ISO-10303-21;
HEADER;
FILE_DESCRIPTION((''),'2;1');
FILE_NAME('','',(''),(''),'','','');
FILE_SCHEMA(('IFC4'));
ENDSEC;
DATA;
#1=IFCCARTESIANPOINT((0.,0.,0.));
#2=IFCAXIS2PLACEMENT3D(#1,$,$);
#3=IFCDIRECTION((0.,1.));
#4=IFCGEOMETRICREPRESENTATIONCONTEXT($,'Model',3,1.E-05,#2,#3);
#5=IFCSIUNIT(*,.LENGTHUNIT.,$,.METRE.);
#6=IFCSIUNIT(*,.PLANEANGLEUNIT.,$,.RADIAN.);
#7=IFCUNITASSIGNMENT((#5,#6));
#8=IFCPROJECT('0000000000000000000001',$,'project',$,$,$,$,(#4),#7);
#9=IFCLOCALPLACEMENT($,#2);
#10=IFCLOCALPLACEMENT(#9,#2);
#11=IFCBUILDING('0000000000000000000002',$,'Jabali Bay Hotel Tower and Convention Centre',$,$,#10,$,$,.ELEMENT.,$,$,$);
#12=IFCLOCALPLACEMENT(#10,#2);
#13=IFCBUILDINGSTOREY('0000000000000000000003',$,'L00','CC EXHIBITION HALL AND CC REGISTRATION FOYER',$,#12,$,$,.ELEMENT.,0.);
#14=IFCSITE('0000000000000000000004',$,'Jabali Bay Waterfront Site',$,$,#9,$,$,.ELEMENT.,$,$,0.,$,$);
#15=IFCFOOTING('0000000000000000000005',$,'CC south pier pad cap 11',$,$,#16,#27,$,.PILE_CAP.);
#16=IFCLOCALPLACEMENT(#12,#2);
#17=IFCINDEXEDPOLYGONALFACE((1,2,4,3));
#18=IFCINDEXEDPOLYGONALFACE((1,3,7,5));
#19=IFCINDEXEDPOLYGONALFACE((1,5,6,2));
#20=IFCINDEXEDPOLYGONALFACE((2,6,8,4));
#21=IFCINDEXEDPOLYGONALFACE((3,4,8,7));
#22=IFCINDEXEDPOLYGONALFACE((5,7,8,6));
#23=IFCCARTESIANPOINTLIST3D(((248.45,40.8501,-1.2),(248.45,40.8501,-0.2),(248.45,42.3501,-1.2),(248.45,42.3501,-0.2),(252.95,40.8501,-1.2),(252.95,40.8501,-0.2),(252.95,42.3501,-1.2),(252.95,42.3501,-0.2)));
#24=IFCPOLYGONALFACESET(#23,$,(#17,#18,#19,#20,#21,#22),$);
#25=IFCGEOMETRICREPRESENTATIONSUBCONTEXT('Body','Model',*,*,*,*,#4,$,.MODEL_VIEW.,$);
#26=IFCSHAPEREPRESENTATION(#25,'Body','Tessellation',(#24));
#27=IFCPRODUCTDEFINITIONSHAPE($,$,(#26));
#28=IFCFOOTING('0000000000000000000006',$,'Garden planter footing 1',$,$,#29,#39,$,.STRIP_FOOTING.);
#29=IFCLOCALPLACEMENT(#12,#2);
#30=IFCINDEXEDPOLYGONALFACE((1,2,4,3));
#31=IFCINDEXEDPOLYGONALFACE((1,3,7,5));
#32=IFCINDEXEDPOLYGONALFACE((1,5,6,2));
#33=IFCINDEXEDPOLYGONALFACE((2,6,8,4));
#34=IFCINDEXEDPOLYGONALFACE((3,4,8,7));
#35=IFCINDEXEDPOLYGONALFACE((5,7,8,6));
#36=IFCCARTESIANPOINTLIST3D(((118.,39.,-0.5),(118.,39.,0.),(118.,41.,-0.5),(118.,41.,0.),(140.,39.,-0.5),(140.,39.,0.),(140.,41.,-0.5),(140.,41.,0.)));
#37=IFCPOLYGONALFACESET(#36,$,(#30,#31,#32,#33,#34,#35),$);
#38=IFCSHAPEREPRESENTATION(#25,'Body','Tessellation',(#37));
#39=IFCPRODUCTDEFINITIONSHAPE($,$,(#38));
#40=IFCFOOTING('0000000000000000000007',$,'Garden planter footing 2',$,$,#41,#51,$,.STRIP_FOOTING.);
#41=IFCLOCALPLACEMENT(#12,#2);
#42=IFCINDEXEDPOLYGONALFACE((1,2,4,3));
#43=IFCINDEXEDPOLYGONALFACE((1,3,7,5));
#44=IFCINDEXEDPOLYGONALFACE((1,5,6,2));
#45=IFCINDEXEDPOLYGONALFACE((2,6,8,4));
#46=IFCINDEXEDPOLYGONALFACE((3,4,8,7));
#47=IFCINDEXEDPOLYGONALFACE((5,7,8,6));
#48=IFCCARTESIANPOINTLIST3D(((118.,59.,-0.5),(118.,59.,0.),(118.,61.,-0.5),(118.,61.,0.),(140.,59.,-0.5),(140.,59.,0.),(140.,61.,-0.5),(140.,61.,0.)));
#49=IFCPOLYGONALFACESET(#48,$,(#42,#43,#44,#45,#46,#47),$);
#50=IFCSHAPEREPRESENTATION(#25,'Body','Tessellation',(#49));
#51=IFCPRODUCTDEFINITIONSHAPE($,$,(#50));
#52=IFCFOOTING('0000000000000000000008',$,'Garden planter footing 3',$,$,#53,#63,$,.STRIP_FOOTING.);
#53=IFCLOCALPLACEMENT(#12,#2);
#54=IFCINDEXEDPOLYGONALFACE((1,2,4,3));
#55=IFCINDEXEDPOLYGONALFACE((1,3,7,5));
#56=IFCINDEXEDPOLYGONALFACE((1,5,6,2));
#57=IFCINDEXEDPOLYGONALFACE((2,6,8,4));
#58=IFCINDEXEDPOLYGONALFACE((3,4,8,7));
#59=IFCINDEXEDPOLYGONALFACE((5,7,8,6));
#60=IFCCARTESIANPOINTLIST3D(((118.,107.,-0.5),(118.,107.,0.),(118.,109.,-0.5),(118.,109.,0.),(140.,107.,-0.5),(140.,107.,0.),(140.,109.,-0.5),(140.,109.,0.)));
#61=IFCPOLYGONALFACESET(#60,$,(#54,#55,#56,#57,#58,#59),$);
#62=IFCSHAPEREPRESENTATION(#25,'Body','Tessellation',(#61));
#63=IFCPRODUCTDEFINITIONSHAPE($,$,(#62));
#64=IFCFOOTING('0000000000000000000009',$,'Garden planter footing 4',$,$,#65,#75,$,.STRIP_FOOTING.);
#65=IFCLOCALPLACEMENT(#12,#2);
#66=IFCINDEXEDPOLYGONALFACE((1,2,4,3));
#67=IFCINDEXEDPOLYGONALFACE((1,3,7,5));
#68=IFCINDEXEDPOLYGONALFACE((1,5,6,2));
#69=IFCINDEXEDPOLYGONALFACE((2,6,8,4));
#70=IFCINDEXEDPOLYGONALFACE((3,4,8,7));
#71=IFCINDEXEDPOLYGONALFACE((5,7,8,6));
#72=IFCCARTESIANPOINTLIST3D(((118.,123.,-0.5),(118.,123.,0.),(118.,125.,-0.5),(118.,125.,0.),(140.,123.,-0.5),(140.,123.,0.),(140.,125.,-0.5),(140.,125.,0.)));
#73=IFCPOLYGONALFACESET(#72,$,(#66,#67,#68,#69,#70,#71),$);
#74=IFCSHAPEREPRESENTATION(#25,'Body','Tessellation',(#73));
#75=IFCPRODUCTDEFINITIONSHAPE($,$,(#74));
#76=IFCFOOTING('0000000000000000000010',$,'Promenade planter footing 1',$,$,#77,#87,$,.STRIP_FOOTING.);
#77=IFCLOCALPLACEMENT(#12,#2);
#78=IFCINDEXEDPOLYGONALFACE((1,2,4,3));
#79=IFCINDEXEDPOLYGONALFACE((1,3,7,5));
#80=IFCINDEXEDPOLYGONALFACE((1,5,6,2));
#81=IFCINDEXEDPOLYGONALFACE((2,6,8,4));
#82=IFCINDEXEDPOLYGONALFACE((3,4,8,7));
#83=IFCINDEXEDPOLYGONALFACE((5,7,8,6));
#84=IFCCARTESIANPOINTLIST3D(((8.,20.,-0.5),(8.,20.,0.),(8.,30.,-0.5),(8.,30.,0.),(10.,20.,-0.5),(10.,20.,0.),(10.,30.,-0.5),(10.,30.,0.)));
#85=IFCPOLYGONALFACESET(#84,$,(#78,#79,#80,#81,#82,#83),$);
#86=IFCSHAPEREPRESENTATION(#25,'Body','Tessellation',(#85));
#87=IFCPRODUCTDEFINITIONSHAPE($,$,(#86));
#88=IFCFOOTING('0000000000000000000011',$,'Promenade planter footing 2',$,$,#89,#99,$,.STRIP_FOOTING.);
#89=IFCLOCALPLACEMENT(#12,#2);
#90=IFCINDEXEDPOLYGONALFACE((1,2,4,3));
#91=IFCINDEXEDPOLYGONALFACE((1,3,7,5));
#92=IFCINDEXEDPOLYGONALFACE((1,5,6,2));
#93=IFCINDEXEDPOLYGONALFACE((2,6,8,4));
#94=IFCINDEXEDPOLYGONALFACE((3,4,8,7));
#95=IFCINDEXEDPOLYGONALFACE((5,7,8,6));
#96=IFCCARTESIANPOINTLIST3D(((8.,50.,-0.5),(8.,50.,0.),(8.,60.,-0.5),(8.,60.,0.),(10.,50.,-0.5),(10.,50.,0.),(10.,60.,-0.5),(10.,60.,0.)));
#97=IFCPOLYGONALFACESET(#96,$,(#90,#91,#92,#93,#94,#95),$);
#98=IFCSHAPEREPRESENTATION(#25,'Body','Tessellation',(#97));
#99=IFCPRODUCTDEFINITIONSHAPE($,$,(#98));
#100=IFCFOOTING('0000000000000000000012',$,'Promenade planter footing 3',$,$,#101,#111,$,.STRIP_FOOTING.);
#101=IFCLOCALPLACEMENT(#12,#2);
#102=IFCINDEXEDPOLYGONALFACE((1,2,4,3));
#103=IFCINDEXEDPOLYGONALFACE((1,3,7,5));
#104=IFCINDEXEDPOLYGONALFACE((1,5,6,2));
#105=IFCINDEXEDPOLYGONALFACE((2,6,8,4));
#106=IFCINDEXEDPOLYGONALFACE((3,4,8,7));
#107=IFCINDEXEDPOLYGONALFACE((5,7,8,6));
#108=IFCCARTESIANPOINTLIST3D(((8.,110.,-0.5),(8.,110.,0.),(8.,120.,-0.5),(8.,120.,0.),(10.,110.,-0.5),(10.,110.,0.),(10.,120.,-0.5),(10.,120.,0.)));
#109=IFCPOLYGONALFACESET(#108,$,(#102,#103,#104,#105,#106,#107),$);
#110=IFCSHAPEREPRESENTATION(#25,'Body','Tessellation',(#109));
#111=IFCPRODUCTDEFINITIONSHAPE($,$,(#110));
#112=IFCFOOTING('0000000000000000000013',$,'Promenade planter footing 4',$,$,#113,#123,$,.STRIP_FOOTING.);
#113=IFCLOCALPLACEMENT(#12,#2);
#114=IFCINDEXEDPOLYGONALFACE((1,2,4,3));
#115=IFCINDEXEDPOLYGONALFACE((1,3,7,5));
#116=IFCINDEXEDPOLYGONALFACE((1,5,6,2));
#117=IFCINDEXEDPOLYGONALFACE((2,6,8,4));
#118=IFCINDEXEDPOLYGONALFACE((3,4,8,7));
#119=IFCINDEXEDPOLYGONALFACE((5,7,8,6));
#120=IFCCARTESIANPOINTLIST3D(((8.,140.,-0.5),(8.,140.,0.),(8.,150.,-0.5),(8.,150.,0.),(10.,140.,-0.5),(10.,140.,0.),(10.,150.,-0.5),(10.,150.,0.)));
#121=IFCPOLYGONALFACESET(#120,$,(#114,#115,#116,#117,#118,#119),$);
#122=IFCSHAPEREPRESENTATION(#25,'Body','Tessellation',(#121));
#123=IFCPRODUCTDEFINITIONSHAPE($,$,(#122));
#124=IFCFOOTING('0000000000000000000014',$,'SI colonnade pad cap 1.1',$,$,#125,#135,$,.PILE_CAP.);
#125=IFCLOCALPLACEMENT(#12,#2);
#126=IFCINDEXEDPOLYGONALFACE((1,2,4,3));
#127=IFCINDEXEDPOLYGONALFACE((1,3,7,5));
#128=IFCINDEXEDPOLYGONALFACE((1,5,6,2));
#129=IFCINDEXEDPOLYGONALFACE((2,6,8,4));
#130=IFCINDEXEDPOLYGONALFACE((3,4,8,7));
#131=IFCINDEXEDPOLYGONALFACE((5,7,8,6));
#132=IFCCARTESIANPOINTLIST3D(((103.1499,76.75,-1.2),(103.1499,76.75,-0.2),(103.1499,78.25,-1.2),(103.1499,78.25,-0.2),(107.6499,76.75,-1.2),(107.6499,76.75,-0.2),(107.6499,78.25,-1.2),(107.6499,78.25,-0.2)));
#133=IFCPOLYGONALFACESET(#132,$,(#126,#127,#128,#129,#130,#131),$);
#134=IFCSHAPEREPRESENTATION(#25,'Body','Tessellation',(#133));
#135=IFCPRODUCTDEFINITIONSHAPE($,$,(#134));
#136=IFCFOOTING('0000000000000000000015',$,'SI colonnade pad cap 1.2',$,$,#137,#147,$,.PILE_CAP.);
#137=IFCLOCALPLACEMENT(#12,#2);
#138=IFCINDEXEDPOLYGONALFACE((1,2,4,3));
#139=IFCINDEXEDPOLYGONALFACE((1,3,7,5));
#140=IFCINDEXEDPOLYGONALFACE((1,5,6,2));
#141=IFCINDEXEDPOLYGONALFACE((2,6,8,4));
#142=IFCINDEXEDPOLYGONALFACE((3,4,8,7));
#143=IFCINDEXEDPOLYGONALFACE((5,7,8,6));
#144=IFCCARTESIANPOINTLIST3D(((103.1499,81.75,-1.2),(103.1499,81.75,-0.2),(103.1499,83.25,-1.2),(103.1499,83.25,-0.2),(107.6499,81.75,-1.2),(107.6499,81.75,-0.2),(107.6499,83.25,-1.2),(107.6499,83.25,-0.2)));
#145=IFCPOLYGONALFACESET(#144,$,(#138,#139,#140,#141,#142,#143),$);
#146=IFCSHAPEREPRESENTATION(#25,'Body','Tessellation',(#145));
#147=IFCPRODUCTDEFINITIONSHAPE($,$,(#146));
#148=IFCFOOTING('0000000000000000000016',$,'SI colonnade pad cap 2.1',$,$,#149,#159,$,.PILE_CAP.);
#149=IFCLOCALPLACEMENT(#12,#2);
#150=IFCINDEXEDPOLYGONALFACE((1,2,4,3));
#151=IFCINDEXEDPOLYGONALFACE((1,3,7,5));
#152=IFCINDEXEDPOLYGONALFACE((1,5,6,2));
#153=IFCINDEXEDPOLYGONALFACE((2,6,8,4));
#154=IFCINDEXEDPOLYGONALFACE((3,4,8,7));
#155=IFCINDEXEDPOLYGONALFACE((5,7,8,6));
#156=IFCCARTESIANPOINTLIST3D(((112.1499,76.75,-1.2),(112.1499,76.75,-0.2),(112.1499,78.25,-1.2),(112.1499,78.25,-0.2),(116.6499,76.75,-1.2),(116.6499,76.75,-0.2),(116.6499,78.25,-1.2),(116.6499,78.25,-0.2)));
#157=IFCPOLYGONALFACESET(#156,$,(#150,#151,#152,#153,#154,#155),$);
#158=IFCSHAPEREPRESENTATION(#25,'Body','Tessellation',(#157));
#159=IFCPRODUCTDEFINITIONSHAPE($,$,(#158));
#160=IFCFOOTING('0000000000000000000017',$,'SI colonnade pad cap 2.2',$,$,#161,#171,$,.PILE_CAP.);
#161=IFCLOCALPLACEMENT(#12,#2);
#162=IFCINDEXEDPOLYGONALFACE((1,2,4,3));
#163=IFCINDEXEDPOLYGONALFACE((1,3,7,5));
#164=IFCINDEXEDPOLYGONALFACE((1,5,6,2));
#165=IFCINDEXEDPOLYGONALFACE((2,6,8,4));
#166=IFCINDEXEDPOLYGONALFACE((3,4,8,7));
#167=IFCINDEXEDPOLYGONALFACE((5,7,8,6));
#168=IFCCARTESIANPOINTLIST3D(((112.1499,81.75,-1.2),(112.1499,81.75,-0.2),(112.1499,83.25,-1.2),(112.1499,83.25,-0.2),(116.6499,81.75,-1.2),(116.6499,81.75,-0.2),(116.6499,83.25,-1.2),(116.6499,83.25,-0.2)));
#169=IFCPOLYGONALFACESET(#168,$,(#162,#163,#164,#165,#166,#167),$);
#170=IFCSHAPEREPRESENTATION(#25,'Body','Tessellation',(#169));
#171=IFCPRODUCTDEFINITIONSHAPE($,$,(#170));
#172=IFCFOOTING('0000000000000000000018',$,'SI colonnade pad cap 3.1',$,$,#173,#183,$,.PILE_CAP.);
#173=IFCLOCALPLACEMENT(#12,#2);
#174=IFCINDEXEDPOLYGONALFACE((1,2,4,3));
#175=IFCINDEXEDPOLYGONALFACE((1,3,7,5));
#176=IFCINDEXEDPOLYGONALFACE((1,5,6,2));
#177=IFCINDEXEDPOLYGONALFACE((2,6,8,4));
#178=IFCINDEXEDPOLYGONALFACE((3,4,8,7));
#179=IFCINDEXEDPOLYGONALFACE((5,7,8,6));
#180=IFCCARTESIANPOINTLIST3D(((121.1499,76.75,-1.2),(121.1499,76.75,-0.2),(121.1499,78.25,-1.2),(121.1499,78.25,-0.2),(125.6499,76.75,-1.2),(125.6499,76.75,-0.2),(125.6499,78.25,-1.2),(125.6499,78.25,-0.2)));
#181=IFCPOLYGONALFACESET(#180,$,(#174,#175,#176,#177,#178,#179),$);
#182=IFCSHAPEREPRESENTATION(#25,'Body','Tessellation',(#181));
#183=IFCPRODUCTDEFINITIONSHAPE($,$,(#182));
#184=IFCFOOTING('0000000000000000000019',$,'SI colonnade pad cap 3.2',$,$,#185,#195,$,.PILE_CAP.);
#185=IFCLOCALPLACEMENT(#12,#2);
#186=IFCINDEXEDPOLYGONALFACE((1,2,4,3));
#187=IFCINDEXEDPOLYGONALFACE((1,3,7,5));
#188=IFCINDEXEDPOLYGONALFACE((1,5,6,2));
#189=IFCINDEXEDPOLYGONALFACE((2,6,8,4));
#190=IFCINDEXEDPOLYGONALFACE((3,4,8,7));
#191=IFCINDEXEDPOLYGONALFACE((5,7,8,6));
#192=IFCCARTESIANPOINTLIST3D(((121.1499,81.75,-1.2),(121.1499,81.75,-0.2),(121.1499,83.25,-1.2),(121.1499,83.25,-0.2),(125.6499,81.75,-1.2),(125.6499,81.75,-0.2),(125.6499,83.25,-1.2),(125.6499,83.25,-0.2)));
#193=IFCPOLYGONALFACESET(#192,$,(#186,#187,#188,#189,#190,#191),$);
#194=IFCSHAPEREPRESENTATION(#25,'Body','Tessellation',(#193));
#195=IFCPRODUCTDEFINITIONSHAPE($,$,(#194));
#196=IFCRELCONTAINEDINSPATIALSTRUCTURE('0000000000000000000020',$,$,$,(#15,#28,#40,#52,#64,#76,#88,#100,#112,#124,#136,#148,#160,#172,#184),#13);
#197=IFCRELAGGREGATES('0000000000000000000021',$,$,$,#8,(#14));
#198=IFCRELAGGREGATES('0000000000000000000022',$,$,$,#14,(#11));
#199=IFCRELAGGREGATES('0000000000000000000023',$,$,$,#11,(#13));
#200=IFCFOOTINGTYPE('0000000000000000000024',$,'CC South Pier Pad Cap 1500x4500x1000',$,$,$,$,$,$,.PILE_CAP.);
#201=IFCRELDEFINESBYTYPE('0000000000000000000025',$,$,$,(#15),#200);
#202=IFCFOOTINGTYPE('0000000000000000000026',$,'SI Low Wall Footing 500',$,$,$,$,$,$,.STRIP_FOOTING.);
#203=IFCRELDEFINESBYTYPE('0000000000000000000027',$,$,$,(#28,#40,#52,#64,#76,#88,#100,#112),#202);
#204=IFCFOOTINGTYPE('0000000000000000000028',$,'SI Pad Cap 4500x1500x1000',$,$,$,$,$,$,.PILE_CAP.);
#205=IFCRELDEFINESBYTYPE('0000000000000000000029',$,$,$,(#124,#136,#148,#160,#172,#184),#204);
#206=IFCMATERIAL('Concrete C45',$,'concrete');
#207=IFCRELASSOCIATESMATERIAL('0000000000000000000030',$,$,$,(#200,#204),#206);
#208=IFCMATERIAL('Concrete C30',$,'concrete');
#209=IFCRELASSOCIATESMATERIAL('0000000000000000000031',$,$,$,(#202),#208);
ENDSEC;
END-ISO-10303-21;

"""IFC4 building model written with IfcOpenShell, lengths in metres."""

from ifc_helpers import new_model, si_unit, direction, frame, origin, place, context, subcontext, project, spatial, polyline, outline, extrude, material, type_object, element, save


model = new_model("IFC4")

# Units and contexts
model_context = context("Model", 3, precision=1e-05, world=origin(), true_north=direction((0.0, 1.0)))
body_context = subcontext(model_context, "Body", "Model", "MODEL_VIEW")
ifc_project = project(units=[si_unit("LENGTHUNIT", "METRE"), si_unit("PLANEANGLEUNIT", "RADIAN")], contexts=[model_context])

# Site, building, storey
site_placement = place(None, origin())
site = spatial("IfcSite", under=ifc_project, at=site_placement, Name="Jabali Bay Waterfront Site", CompositionType="ELEMENT", RefElevation=0.0)
building_placement = place(site_placement, origin())
building = spatial("IfcBuilding", under=site, at=building_placement, Name="Jabali Bay Hotel Tower and Convention Centre", CompositionType="ELEMENT")
storey_placement = place(building_placement, origin())
storey = spatial("IfcBuildingStorey", under=building, at=storey_placement, Name="L00", Description="CC EXHIBITION HALL AND CC REGISTRATION FOYER", CompositionType="ELEMENT", Elevation=0.0)

# Footings
ifc_material_1 = material(Name="Concrete C45", Category="concrete")
footing_type_1 = type_object("IfcFootingType", Name="CC South Pier Pad Cap 1500x4500x1000", PredefinedType="PILE_CAP", material=ifc_material_1)
footing_1_placement = place(storey_placement, frame((0.0, 0.0, -1.2)))
element("IfcFooting", 1, at=footing_1_placement, inside=storey, type_object=footing_type_1, Name="CC south pier pad cap 11", PredefinedType="PILE_CAP", context=body_context, shape_type="SweptSolid", body=[
    extrude(outline(polyline([(248.45, 40.8501), (252.95, 40.8501), (252.95, 42.3501), (248.45, 42.3501), (248.45, 40.8501)])), origin(), (0.0, 0.0, 1.0), 1.0),
])
ifc_material_2 = material(Name="Concrete C30", Category="concrete")
footing_type_2 = type_object("IfcFootingType", Name="SI Low Wall Footing 500", PredefinedType="STRIP_FOOTING", material=ifc_material_2)
footing_2_placement = place(storey_placement, frame((0.0, 0.0, -0.5)))
element("IfcFooting", 2, at=footing_2_placement, inside=storey, type_object=footing_type_2, Name="Garden planter footing 1", PredefinedType="STRIP_FOOTING", context=body_context, shape_type="SweptSolid", body=[
    extrude(outline(polyline([(118.0, 41.0), (140.0, 41.0), (140.0, 39.0), (118.0, 39.0), (118.0, 41.0)])), origin(), (0.0, 0.0, 1.0), 0.5),
])
footing_3_placement = place(storey_placement, frame((0.0, 0.0, -0.5)))
element("IfcFooting", 3, at=footing_3_placement, inside=storey, type_object=footing_type_2, Name="Garden planter footing 2", PredefinedType="STRIP_FOOTING", context=body_context, shape_type="SweptSolid", body=[
    extrude(outline(polyline([(118.0, 61.0), (140.0, 61.0), (140.0, 59.0), (118.0, 59.0), (118.0, 61.0)])), origin(), (0.0, 0.0, 1.0), 0.5),
])
footing_4_placement = place(storey_placement, frame((0.0, 0.0, -0.5)))
element("IfcFooting", 4, at=footing_4_placement, inside=storey, type_object=footing_type_2, Name="Garden planter footing 3", PredefinedType="STRIP_FOOTING", context=body_context, shape_type="SweptSolid", body=[
    extrude(outline(polyline([(118.0, 109.0), (140.0, 109.0), (140.0, 107.0), (118.0, 107.0), (118.0, 109.0)])), origin(), (0.0, 0.0, 1.0), 0.5),
])
footing_5_placement = place(storey_placement, frame((0.0, 0.0, -0.5)))
element("IfcFooting", 5, at=footing_5_placement, inside=storey, type_object=footing_type_2, Name="Garden planter footing 4", PredefinedType="STRIP_FOOTING", context=body_context, shape_type="SweptSolid", body=[
    extrude(outline(polyline([(118.0, 125.0), (140.0, 125.0), (140.0, 123.0), (118.0, 123.0), (118.0, 125.0)])), origin(), (0.0, 0.0, 1.0), 0.5),
])
footing_6_placement = place(storey_placement, frame((0.0, 0.0, -0.5)))
element("IfcFooting", 6, at=footing_6_placement, inside=storey, type_object=footing_type_2, Name="Promenade planter footing 1", PredefinedType="STRIP_FOOTING", context=body_context, shape_type="SweptSolid", body=[
    extrude(outline(polyline([(8.0, 20.0), (8.0, 30.0), (10.0, 30.0), (10.0, 20.0), (8.0, 20.0)])), origin(), (0.0, 0.0, 1.0), 0.5),
])
footing_7_placement = place(storey_placement, frame((0.0, 0.0, -0.5)))
element("IfcFooting", 7, at=footing_7_placement, inside=storey, type_object=footing_type_2, Name="Promenade planter footing 2", PredefinedType="STRIP_FOOTING", context=body_context, shape_type="SweptSolid", body=[
    extrude(outline(polyline([(8.0, 50.0), (8.0, 60.0), (10.0, 60.0), (10.0, 50.0), (8.0, 50.0)])), origin(), (0.0, 0.0, 1.0), 0.5),
])
footing_8_placement = place(storey_placement, frame((0.0, 0.0, -0.5)))
element("IfcFooting", 8, at=footing_8_placement, inside=storey, type_object=footing_type_2, Name="Promenade planter footing 3", PredefinedType="STRIP_FOOTING", context=body_context, shape_type="SweptSolid", body=[
    extrude(outline(polyline([(8.0, 110.0), (8.0, 120.0), (10.0, 120.0), (10.0, 110.0), (8.0, 110.0)])), origin(), (0.0, 0.0, 1.0), 0.5),
])
footing_9_placement = place(storey_placement, frame((0.0, 0.0, -0.5)))
element("IfcFooting", 9, at=footing_9_placement, inside=storey, type_object=footing_type_2, Name="Promenade planter footing 4", PredefinedType="STRIP_FOOTING", context=body_context, shape_type="SweptSolid", body=[
    extrude(outline(polyline([(8.0, 140.0), (8.0, 150.0), (10.0, 150.0), (10.0, 140.0), (8.0, 140.0)])), origin(), (0.0, 0.0, 1.0), 0.5),
])
footing_type_3 = type_object("IfcFootingType", Name="SI Pad Cap 4500x1500x1000", PredefinedType="PILE_CAP", material=ifc_material_1)
footing_10_placement = place(storey_placement, frame((0.0, 0.0, -1.2)))
element("IfcFooting", 10, at=footing_10_placement, inside=storey, type_object=footing_type_3, Name="SI colonnade pad cap 1.1", PredefinedType="PILE_CAP", context=body_context, shape_type="SweptSolid", body=[
    extrude(outline(polyline([(103.1499, 76.75), (107.6499, 76.75), (107.6499, 78.25), (103.1499, 78.25), (103.1499, 76.75)])), origin(), (0.0, 0.0, 1.0), 1.0),
])
footing_11_placement = place(storey_placement, frame((0.0, 0.0, -1.2)))
element("IfcFooting", 11, at=footing_11_placement, inside=storey, type_object=footing_type_3, Name="SI colonnade pad cap 1.2", PredefinedType="PILE_CAP", context=body_context, shape_type="SweptSolid", body=[
    extrude(outline(polyline([(103.1499, 81.75), (107.6499, 81.75), (107.6499, 83.25), (103.1499, 83.25), (103.1499, 81.75)])), origin(), (0.0, 0.0, 1.0), 1.0),
])
footing_12_placement = place(storey_placement, frame((0.0, 0.0, -1.2)))
element("IfcFooting", 12, at=footing_12_placement, inside=storey, type_object=footing_type_3, Name="SI colonnade pad cap 2.1", PredefinedType="PILE_CAP", context=body_context, shape_type="SweptSolid", body=[
    extrude(outline(polyline([(112.1499, 76.75), (116.6499, 76.75), (116.6499, 78.25), (112.1499, 78.25), (112.1499, 76.75)])), origin(), (0.0, 0.0, 1.0), 1.0),
])
footing_13_placement = place(storey_placement, frame((0.0, 0.0, -1.2)))
element("IfcFooting", 13, at=footing_13_placement, inside=storey, type_object=footing_type_3, Name="SI colonnade pad cap 2.2", PredefinedType="PILE_CAP", context=body_context, shape_type="SweptSolid", body=[
    extrude(outline(polyline([(112.1499, 81.75), (116.6499, 81.75), (116.6499, 83.25), (112.1499, 83.25), (112.1499, 81.75)])), origin(), (0.0, 0.0, 1.0), 1.0),
])
footing_14_placement = place(storey_placement, frame((0.0, 0.0, -1.2)))
element("IfcFooting", 14, at=footing_14_placement, inside=storey, type_object=footing_type_3, Name="SI colonnade pad cap 3.1", PredefinedType="PILE_CAP", context=body_context, shape_type="SweptSolid", body=[
    extrude(outline(polyline([(121.1499, 76.75), (125.6499, 76.75), (125.6499, 78.25), (121.1499, 78.25), (121.1499, 76.75)])), origin(), (0.0, 0.0, 1.0), 1.0),
])
footing_15_placement = place(storey_placement, frame((0.0, 0.0, -1.2)))
element("IfcFooting", 15, at=footing_15_placement, inside=storey, type_object=footing_type_3, Name="SI colonnade pad cap 3.2", PredefinedType="PILE_CAP", context=body_context, shape_type="SweptSolid", body=[
    extrude(outline(polyline([(121.1499, 81.75), (125.6499, 81.75), (125.6499, 83.25), (121.1499, 83.25), (121.1499, 81.75)])), origin(), (0.0, 0.0, 1.0), 1.0),
])

save(model, "model.ifc")
